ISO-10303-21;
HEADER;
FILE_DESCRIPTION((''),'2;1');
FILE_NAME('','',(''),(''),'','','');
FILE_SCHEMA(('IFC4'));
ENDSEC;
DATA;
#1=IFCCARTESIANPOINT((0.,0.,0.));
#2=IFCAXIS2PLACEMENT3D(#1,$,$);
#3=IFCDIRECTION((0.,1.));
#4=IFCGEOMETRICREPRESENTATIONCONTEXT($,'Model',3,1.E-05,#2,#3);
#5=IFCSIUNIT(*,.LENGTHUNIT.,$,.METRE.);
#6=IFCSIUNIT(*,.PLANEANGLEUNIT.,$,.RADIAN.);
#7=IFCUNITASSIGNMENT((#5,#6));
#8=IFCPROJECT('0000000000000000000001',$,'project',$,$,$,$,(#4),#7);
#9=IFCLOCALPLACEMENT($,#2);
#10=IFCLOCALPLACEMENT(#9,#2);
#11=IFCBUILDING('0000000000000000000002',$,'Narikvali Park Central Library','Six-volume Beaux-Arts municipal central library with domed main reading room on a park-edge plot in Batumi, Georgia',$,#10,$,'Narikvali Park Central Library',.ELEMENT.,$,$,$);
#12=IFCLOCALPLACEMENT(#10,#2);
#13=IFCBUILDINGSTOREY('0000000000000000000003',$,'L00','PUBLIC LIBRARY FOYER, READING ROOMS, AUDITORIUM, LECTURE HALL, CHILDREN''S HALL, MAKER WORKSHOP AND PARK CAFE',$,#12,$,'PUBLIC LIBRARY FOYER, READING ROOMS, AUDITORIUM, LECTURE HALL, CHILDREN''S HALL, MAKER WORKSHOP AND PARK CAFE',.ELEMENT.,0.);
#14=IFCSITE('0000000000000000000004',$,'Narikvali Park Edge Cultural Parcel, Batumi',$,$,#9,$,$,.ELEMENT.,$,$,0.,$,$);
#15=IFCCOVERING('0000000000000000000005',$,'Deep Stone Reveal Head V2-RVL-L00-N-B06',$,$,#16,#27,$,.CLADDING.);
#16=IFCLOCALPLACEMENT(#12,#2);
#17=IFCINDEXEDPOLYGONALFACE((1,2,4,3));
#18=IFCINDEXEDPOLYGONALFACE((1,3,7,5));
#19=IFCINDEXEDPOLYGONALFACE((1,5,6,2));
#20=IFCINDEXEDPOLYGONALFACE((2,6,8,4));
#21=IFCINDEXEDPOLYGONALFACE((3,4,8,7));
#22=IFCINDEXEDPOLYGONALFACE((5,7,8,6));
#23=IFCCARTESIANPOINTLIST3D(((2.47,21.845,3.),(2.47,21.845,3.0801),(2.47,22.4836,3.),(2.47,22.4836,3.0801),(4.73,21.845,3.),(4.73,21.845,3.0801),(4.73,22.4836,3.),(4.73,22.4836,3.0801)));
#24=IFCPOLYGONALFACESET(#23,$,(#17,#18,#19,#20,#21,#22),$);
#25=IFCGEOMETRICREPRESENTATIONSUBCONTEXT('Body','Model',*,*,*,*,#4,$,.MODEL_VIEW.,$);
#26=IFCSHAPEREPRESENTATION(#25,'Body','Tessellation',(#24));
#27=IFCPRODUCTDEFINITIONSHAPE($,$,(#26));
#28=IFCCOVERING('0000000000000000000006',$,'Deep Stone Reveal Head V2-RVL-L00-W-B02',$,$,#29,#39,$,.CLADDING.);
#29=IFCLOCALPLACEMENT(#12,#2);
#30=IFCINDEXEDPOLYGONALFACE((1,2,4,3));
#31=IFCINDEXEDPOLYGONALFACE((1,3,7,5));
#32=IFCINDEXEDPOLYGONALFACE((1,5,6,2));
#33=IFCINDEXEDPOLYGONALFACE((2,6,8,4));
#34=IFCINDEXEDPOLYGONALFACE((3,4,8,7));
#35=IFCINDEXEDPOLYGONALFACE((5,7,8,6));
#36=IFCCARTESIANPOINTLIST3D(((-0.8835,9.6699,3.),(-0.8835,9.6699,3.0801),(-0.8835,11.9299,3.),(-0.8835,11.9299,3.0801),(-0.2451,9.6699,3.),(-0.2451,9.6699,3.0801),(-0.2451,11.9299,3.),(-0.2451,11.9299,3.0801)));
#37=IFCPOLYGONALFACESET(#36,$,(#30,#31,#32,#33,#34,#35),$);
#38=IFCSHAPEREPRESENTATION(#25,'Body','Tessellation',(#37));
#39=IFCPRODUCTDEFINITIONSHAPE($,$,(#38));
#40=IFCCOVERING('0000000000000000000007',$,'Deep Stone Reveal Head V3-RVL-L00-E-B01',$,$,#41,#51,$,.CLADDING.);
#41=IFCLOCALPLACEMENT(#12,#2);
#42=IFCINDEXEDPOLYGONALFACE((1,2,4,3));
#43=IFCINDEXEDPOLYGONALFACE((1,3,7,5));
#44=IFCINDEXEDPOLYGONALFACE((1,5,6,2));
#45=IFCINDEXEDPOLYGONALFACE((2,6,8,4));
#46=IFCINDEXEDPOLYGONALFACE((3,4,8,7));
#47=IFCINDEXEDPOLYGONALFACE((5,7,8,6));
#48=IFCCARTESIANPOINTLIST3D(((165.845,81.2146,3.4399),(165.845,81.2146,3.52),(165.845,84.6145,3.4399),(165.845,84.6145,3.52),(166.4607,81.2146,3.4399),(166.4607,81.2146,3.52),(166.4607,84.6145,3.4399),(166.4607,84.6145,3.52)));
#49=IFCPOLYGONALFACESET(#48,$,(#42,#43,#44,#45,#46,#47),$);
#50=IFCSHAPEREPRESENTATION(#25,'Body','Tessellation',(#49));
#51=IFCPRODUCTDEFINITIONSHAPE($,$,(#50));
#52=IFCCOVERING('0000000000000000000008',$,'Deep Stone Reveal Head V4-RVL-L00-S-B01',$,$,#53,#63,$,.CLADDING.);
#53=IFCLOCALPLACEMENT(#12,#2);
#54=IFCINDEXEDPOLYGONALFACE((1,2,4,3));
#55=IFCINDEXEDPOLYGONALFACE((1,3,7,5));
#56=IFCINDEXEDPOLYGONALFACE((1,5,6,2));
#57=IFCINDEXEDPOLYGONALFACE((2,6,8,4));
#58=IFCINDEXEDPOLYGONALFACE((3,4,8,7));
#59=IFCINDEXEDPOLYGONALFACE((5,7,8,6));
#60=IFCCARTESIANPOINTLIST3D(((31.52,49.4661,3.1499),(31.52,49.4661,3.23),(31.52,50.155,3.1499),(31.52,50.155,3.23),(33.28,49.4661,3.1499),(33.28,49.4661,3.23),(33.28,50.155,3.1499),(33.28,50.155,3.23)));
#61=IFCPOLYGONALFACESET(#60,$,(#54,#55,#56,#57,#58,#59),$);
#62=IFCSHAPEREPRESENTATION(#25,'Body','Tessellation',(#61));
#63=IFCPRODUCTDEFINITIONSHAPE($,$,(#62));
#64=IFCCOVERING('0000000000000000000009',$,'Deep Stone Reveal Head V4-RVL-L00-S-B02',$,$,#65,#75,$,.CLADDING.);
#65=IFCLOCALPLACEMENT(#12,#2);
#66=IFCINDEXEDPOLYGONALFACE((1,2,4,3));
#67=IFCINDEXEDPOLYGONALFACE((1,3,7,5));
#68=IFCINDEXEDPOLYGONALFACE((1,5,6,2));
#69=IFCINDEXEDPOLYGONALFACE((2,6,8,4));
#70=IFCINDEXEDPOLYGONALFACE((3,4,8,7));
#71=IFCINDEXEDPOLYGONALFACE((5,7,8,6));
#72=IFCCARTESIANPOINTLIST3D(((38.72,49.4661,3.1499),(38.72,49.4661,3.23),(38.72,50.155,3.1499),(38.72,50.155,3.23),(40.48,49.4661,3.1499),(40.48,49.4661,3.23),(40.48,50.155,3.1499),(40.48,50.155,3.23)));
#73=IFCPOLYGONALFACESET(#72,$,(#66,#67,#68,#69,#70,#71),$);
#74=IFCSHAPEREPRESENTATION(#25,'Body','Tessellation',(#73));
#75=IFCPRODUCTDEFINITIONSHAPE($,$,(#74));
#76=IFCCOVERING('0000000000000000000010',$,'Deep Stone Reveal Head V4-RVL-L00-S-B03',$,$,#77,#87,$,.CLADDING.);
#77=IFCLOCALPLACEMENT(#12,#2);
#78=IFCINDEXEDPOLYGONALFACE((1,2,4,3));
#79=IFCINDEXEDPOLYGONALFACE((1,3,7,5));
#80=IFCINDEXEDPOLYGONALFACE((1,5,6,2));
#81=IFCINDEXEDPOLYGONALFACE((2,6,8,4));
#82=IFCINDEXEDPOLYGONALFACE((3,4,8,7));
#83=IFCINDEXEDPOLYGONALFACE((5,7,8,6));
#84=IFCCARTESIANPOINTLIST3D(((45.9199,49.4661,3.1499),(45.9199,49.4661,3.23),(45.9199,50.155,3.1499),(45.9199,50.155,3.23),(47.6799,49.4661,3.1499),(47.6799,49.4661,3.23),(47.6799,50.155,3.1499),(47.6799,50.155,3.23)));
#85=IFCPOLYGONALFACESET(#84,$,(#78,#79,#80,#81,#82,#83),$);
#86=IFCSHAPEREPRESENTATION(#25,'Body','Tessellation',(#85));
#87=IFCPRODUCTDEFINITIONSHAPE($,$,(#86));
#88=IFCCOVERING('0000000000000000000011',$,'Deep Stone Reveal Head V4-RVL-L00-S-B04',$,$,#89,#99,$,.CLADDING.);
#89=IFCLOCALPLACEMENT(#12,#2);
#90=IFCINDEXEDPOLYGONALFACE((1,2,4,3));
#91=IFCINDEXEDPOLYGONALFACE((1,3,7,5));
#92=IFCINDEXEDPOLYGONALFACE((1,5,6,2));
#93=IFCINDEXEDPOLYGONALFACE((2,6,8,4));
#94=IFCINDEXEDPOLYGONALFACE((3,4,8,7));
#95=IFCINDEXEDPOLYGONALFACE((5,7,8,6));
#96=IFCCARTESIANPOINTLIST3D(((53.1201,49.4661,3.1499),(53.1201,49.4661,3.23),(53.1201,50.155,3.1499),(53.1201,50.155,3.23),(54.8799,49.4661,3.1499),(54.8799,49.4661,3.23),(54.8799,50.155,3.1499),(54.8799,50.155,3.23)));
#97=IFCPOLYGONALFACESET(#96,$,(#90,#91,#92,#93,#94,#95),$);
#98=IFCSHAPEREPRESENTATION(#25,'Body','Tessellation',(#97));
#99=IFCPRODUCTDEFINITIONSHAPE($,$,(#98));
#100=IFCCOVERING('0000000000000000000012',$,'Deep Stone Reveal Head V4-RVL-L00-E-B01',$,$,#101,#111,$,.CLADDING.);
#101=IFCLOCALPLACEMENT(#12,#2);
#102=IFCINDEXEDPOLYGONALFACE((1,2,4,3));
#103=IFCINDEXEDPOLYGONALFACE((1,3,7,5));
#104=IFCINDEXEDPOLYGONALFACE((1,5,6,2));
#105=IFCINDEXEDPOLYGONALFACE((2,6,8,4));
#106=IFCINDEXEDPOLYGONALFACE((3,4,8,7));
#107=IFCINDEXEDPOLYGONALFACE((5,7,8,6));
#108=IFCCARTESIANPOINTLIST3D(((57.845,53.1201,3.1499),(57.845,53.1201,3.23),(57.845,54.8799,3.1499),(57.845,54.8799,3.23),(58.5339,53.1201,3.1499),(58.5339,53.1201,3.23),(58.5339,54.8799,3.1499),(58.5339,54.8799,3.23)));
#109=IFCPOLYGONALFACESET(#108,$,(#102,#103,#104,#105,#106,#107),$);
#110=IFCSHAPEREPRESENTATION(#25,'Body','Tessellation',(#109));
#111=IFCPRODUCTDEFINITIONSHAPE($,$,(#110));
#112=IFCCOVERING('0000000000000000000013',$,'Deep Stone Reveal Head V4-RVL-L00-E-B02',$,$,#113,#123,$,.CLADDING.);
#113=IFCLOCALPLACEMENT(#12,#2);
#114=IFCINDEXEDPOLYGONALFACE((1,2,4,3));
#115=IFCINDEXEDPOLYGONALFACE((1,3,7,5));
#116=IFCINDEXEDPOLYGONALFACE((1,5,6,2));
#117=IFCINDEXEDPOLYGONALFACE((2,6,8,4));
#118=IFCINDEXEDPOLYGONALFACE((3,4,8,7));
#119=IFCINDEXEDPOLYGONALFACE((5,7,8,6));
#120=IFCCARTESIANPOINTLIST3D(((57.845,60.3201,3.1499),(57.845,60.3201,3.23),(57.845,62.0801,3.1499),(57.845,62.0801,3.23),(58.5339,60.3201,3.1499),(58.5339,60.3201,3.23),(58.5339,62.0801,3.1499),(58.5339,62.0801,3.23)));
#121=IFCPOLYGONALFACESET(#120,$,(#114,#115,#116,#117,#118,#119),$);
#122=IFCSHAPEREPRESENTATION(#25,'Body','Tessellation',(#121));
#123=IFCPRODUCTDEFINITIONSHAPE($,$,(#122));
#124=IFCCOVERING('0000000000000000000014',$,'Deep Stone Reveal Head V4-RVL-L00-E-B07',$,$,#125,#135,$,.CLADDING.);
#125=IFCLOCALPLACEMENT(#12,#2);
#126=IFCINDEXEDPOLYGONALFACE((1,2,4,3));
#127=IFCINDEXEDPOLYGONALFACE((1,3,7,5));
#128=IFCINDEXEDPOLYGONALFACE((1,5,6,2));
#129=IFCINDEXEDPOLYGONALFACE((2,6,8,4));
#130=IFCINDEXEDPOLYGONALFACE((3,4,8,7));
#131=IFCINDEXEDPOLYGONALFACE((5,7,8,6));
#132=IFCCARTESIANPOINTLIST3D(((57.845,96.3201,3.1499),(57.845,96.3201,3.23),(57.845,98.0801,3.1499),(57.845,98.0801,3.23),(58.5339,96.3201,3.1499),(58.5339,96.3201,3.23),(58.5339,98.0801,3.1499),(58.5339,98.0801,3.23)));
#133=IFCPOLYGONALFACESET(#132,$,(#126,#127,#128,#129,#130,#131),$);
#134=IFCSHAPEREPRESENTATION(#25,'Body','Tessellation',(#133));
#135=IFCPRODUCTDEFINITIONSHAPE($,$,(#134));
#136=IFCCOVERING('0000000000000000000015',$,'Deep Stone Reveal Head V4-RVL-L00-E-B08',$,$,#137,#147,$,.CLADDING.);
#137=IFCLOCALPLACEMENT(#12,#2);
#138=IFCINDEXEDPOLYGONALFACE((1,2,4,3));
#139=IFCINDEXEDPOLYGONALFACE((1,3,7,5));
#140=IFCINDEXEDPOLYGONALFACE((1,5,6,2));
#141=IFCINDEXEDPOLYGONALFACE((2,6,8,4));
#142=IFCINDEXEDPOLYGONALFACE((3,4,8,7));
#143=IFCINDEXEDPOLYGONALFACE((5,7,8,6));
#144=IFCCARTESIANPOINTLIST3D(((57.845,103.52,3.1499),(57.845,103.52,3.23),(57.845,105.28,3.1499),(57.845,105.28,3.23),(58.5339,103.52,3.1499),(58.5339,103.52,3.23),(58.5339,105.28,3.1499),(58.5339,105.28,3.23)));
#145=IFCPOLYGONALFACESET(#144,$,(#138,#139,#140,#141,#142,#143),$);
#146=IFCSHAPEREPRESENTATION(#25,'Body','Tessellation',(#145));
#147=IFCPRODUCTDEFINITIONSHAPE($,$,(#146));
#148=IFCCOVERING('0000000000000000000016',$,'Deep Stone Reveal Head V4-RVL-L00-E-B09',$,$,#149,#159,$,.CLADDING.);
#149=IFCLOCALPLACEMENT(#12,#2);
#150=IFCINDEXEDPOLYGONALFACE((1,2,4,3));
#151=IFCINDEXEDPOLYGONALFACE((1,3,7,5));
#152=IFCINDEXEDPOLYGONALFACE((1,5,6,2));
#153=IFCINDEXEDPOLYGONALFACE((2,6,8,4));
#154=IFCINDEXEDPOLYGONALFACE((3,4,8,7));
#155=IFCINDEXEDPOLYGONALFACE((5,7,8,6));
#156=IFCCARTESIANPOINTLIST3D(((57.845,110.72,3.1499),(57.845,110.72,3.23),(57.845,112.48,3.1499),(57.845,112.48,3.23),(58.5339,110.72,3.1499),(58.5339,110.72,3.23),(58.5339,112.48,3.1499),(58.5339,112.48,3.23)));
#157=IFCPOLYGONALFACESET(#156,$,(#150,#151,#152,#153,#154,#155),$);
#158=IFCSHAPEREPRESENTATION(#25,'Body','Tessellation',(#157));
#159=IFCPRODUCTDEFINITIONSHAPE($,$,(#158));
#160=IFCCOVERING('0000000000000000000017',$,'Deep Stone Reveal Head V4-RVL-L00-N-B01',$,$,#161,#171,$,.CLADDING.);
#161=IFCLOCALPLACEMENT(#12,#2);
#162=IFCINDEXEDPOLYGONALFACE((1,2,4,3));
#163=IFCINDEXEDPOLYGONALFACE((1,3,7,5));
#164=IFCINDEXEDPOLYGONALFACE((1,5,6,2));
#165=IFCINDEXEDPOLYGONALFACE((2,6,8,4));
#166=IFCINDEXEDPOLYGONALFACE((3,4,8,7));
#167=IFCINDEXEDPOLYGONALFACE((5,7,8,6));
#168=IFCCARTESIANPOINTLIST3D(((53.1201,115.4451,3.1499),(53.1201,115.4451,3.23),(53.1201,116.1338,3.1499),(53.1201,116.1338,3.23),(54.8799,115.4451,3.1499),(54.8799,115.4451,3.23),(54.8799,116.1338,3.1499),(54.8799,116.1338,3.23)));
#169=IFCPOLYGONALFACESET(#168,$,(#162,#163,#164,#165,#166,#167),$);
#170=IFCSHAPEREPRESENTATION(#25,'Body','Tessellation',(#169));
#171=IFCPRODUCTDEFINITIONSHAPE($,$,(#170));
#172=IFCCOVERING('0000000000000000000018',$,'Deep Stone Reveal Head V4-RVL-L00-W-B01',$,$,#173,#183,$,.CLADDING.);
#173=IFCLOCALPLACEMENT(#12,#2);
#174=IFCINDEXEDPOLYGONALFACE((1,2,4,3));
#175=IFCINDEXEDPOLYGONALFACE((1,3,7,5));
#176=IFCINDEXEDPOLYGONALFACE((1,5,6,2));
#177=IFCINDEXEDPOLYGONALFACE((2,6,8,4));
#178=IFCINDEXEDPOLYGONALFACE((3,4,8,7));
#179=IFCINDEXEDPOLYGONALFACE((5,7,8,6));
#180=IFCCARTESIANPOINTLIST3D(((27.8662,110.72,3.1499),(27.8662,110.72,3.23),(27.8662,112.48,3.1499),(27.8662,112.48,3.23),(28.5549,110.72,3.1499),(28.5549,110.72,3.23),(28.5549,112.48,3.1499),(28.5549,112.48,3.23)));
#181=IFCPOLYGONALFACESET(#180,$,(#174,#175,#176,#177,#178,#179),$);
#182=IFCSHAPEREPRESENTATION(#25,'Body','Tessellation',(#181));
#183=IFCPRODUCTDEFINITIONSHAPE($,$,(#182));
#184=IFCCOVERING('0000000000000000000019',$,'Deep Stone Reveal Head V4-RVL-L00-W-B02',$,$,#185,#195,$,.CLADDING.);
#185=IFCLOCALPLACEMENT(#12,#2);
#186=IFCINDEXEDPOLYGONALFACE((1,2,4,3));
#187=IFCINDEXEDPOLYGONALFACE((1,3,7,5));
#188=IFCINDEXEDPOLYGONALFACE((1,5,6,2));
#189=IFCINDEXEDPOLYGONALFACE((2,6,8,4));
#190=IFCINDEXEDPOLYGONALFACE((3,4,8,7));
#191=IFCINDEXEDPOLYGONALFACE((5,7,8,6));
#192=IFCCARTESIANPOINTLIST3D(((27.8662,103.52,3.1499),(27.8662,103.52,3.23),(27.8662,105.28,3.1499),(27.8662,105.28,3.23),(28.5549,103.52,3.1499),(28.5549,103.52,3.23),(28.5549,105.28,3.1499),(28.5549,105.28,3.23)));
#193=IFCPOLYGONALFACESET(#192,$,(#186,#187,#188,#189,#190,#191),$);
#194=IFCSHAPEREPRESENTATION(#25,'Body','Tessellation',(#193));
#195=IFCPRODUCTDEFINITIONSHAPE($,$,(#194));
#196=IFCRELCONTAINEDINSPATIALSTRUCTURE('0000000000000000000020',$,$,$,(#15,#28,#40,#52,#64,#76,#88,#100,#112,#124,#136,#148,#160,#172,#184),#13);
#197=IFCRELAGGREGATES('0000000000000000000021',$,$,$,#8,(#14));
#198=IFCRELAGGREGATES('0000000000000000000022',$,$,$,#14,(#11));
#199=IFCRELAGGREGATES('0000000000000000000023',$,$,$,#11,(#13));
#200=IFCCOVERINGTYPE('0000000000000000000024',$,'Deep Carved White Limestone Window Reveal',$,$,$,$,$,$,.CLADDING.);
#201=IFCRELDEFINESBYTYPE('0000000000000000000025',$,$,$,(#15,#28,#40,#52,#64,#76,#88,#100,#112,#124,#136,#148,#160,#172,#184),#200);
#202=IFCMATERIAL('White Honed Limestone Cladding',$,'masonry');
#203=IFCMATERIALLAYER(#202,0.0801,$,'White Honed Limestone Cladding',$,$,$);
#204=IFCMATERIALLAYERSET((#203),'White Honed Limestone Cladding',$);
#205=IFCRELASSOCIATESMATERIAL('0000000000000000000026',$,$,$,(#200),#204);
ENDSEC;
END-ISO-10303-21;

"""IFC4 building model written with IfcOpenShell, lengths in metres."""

from ifc_helpers import new_model, si_unit, direction, frame, origin, place, context, subcontext, project, spatial, polyline, outline, extrude, material, layer, layer_set, type_object, element, save


model = new_model("IFC4")

# Units and contexts
model_context = context("Model", 3, precision=1e-05, world=origin(), true_north=direction((0.0, 1.0)))
body_context = subcontext(model_context, "Body", "Model", "MODEL_VIEW")
ifc_project = project(units=[si_unit("LENGTHUNIT", "METRE"), si_unit("PLANEANGLEUNIT", "RADIAN")], contexts=[model_context])

# Site, building, storey
site_placement = place(None, origin())
site = spatial("IfcSite", under=ifc_project, at=site_placement, Name="Narikvali Park Edge Cultural Parcel, Batumi", CompositionType="ELEMENT", RefElevation=0.0)
building_placement = place(site_placement, origin())
building = spatial("IfcBuilding", under=site, at=building_placement, Name="Narikvali Park Central Library", Description="Six-volume Beaux-Arts municipal central library with domed main reading room on a park-edge plot in Batumi, Georgia", LongName="Narikvali Park Central Library", CompositionType="ELEMENT")
storey_placement = place(building_placement, origin())
storey = spatial("IfcBuildingStorey", under=building, at=storey_placement, Name="L00", Description="PUBLIC LIBRARY FOYER, READING ROOMS, AUDITORIUM, LECTURE HALL, CHILDREN'S HALL, MAKER WORKSHOP AND PARK CAFE", LongName="PUBLIC LIBRARY FOYER, READING ROOMS, AUDITORIUM, LECTURE HALL, CHILDREN'S HALL, MAKER WORKSHOP AND PARK CAFE", CompositionType="ELEMENT", Elevation=0.0)

# Coverings
ifc_material = material(Name="White Honed Limestone Cladding", Category="masonry")
ifc_layer = layer(ifc_material, 0.0801, Name="White Honed Limestone Cladding")
ifc_layer_set = layer_set([ifc_layer], Name="White Honed Limestone Cladding")
covering_type = type_object("IfcCoveringType", Name="Deep Carved White Limestone Window Reveal", PredefinedType="CLADDING", material=ifc_layer_set)
covering_1_placement = place(storey_placement, frame((0.0, 0.0, 3.0)))
element("IfcCovering", 1, at=covering_1_placement, inside=storey, type_object=covering_type, Name="Deep Stone Reveal Head V2-RVL-L00-N-B06", PredefinedType="CLADDING", context=body_context, shape_type="SweptSolid", body=[
    extrude(outline(polyline([(4.73, 21.845), (2.47, 21.845), (2.47, 22.4836), (4.73, 22.4836), (4.73, 21.845)])), origin(), (0.0, 0.0, 1.0), 0.0801),
])
covering_2_placement = place(storey_placement, frame((0.0, 0.0, 3.0)))
element("IfcCovering", 2, at=covering_2_placement, inside=storey, type_object=covering_type, Name="Deep Stone Reveal Head V2-RVL-L00-W-B02", PredefinedType="CLADDING", context=body_context, shape_type="SweptSolid", body=[
    extrude(outline(polyline([(-0.2451, 11.9299), (-0.2451, 9.6699), (-0.8835, 9.6699), (-0.8835, 11.9299), (-0.2451, 11.9299)])), origin(), (0.0, 0.0, 1.0), 0.0801),
])
covering_3_placement = place(storey_placement, frame((0.0, 0.0, 3.4399)))
element("IfcCovering", 3, at=covering_3_placement, inside=storey, type_object=covering_type, Name="Deep Stone Reveal Head V3-RVL-L00-E-B01", PredefinedType="CLADDING", context=body_context, shape_type="SweptSolid", body=[
    extrude(outline(polyline([(165.845, 81.2146), (165.845, 84.6145), (166.4607, 84.6145), (166.4607, 81.2146), (165.845, 81.2146)])), origin(), (0.0, 0.0, 1.0), 0.0801),
])
covering_4_placement = place(storey_placement, frame((0.0, 0.0, 3.1499)))
element("IfcCovering", 4, at=covering_4_placement, inside=storey, type_object=covering_type, Name="Deep Stone Reveal Head V4-RVL-L00-S-B01", PredefinedType="CLADDING", context=body_context, shape_type="SweptSolid", body=[
    extrude(outline(polyline([(31.52, 50.155), (33.28, 50.155), (33.28, 49.4661), (31.52, 49.4661), (31.52, 50.155)])), origin(), (0.0, 0.0, 1.0), 0.0801),
])
covering_5_placement = place(storey_placement, frame((0.0, 0.0, 3.1499)))
element("IfcCovering", 5, at=covering_5_placement, inside=storey, type_object=covering_type, Name="Deep Stone Reveal Head V4-RVL-L00-S-B02", PredefinedType="CLADDING", context=body_context, shape_type="SweptSolid", body=[
    extrude(outline(polyline([(38.72, 50.155), (40.48, 50.155), (40.48, 49.4661), (38.72, 49.4661), (38.72, 50.155)])), origin(), (0.0, 0.0, 1.0), 0.0801),
])
covering_6_placement = place(storey_placement, frame((0.0, 0.0, 3.1499)))
element("IfcCovering", 6, at=covering_6_placement, inside=storey, type_object=covering_type, Name="Deep Stone Reveal Head V4-RVL-L00-S-B03", PredefinedType="CLADDING", context=body_context, shape_type="SweptSolid", body=[
    extrude(outline(polyline([(45.9199, 50.155), (47.6799, 50.155), (47.6799, 49.4661), (45.9199, 49.4661), (45.9199, 50.155)])), origin(), (0.0, 0.0, 1.0), 0.0801),
])
covering_7_placement = place(storey_placement, frame((0.0, 0.0, 3.1499)))
element("IfcCovering", 7, at=covering_7_placement, inside=storey, type_object=covering_type, Name="Deep Stone Reveal Head V4-RVL-L00-S-B04", PredefinedType="CLADDING", context=body_context, shape_type="SweptSolid", body=[
    extrude(outline(polyline([(53.1201, 50.155), (54.8799, 50.155), (54.8799, 49.4661), (53.1201, 49.4661), (53.1201, 50.155)])), origin(), (0.0, 0.0, 1.0), 0.0801),
])
covering_8_placement = place(storey_placement, frame((0.0, 0.0, 3.1499)))
element("IfcCovering", 8, at=covering_8_placement, inside=storey, type_object=covering_type, Name="Deep Stone Reveal Head V4-RVL-L00-E-B01", PredefinedType="CLADDING", context=body_context, shape_type="SweptSolid", body=[
    extrude(outline(polyline([(57.845, 53.1201), (57.845, 54.8799), (58.5339, 54.8799), (58.5339, 53.1201), (57.845, 53.1201)])), origin(), (0.0, 0.0, 1.0), 0.0801),
])
covering_9_placement = place(storey_placement, frame((0.0, 0.0, 3.1499)))
element("IfcCovering", 9, at=covering_9_placement, inside=storey, type_object=covering_type, Name="Deep Stone Reveal Head V4-RVL-L00-E-B02", PredefinedType="CLADDING", context=body_context, shape_type="SweptSolid", body=[
    extrude(outline(polyline([(57.845, 60.3201), (57.845, 62.0801), (58.5339, 62.0801), (58.5339, 60.3201), (57.845, 60.3201)])), origin(), (0.0, 0.0, 1.0), 0.0801),
])
covering_10_placement = place(storey_placement, frame((0.0, 0.0, 3.1499)))
element("IfcCovering", 10, at=covering_10_placement, inside=storey, type_object=covering_type, Name="Deep Stone Reveal Head V4-RVL-L00-E-B07", PredefinedType="CLADDING", context=body_context, shape_type="SweptSolid", body=[
    extrude(outline(polyline([(57.845, 96.3201), (57.845, 98.0801), (58.5339, 98.0801), (58.5339, 96.3201), (57.845, 96.3201)])), origin(), (0.0, 0.0, 1.0), 0.0801),
])
covering_11_placement = place(storey_placement, frame((0.0, 0.0, 3.1499)))
element("IfcCovering", 11, at=covering_11_placement, inside=storey, type_object=covering_type, Name="Deep Stone Reveal Head V4-RVL-L00-E-B08", PredefinedType="CLADDING", context=body_context, shape_type="SweptSolid", body=[
    extrude(outline(polyline([(57.845, 103.52), (57.845, 105.28), (58.5339, 105.28), (58.5339, 103.52), (57.845, 103.52)])), origin(), (0.0, 0.0, 1.0), 0.0801),
])
covering_12_placement = place(storey_placement, frame((0.0, 0.0, 3.1499)))
element("IfcCovering", 12, at=covering_12_placement, inside=storey, type_object=covering_type, Name="Deep Stone Reveal Head V4-RVL-L00-E-B09", PredefinedType="CLADDING", context=body_context, shape_type="SweptSolid", body=[
    extrude(outline(polyline([(57.845, 110.72), (57.845, 112.48), (58.5339, 112.48), (58.5339, 110.72), (57.845, 110.72)])), origin(), (0.0, 0.0, 1.0), 0.0801),
])
covering_13_placement = place(storey_placement, frame((0.0, 0.0, 3.1499)))
element("IfcCovering", 13, at=covering_13_placement, inside=storey, type_object=covering_type, Name="Deep Stone Reveal Head V4-RVL-L00-N-B01", PredefinedType="CLADDING", context=body_context, shape_type="SweptSolid", body=[
    extrude(outline(polyline([(54.8799, 115.4451), (53.1201, 115.4451), (53.1201, 116.1338), (54.8799, 116.1338), (54.8799, 115.4451)])), origin(), (0.0, 0.0, 1.0), 0.0801),
])
covering_14_placement = place(storey_placement, frame((0.0, 0.0, 3.1499)))
element("IfcCovering", 14, at=covering_14_placement, inside=storey, type_object=covering_type, Name="Deep Stone Reveal Head V4-RVL-L00-W-B01", PredefinedType="CLADDING", context=body_context, shape_type="SweptSolid", body=[
    extrude(outline(polyline([(28.5549, 112.48), (28.5549, 110.72), (27.8662, 110.72), (27.8662, 112.48), (28.5549, 112.48)])), origin(), (0.0, 0.0, 1.0), 0.0801),
])
covering_15_placement = place(storey_placement, frame((0.0, 0.0, 3.1499)))
element("IfcCovering", 15, at=covering_15_placement, inside=storey, type_object=covering_type, Name="Deep Stone Reveal Head V4-RVL-L00-W-B02", PredefinedType="CLADDING", context=body_context, shape_type="SweptSolid", body=[
    extrude(outline(polyline([(28.5549, 105.28), (28.5549, 103.52), (27.8662, 103.52), (27.8662, 105.28), (28.5549, 105.28)])), origin(), (0.0, 0.0, 1.0), 0.0801),
])

save(model, "model.ifc")
